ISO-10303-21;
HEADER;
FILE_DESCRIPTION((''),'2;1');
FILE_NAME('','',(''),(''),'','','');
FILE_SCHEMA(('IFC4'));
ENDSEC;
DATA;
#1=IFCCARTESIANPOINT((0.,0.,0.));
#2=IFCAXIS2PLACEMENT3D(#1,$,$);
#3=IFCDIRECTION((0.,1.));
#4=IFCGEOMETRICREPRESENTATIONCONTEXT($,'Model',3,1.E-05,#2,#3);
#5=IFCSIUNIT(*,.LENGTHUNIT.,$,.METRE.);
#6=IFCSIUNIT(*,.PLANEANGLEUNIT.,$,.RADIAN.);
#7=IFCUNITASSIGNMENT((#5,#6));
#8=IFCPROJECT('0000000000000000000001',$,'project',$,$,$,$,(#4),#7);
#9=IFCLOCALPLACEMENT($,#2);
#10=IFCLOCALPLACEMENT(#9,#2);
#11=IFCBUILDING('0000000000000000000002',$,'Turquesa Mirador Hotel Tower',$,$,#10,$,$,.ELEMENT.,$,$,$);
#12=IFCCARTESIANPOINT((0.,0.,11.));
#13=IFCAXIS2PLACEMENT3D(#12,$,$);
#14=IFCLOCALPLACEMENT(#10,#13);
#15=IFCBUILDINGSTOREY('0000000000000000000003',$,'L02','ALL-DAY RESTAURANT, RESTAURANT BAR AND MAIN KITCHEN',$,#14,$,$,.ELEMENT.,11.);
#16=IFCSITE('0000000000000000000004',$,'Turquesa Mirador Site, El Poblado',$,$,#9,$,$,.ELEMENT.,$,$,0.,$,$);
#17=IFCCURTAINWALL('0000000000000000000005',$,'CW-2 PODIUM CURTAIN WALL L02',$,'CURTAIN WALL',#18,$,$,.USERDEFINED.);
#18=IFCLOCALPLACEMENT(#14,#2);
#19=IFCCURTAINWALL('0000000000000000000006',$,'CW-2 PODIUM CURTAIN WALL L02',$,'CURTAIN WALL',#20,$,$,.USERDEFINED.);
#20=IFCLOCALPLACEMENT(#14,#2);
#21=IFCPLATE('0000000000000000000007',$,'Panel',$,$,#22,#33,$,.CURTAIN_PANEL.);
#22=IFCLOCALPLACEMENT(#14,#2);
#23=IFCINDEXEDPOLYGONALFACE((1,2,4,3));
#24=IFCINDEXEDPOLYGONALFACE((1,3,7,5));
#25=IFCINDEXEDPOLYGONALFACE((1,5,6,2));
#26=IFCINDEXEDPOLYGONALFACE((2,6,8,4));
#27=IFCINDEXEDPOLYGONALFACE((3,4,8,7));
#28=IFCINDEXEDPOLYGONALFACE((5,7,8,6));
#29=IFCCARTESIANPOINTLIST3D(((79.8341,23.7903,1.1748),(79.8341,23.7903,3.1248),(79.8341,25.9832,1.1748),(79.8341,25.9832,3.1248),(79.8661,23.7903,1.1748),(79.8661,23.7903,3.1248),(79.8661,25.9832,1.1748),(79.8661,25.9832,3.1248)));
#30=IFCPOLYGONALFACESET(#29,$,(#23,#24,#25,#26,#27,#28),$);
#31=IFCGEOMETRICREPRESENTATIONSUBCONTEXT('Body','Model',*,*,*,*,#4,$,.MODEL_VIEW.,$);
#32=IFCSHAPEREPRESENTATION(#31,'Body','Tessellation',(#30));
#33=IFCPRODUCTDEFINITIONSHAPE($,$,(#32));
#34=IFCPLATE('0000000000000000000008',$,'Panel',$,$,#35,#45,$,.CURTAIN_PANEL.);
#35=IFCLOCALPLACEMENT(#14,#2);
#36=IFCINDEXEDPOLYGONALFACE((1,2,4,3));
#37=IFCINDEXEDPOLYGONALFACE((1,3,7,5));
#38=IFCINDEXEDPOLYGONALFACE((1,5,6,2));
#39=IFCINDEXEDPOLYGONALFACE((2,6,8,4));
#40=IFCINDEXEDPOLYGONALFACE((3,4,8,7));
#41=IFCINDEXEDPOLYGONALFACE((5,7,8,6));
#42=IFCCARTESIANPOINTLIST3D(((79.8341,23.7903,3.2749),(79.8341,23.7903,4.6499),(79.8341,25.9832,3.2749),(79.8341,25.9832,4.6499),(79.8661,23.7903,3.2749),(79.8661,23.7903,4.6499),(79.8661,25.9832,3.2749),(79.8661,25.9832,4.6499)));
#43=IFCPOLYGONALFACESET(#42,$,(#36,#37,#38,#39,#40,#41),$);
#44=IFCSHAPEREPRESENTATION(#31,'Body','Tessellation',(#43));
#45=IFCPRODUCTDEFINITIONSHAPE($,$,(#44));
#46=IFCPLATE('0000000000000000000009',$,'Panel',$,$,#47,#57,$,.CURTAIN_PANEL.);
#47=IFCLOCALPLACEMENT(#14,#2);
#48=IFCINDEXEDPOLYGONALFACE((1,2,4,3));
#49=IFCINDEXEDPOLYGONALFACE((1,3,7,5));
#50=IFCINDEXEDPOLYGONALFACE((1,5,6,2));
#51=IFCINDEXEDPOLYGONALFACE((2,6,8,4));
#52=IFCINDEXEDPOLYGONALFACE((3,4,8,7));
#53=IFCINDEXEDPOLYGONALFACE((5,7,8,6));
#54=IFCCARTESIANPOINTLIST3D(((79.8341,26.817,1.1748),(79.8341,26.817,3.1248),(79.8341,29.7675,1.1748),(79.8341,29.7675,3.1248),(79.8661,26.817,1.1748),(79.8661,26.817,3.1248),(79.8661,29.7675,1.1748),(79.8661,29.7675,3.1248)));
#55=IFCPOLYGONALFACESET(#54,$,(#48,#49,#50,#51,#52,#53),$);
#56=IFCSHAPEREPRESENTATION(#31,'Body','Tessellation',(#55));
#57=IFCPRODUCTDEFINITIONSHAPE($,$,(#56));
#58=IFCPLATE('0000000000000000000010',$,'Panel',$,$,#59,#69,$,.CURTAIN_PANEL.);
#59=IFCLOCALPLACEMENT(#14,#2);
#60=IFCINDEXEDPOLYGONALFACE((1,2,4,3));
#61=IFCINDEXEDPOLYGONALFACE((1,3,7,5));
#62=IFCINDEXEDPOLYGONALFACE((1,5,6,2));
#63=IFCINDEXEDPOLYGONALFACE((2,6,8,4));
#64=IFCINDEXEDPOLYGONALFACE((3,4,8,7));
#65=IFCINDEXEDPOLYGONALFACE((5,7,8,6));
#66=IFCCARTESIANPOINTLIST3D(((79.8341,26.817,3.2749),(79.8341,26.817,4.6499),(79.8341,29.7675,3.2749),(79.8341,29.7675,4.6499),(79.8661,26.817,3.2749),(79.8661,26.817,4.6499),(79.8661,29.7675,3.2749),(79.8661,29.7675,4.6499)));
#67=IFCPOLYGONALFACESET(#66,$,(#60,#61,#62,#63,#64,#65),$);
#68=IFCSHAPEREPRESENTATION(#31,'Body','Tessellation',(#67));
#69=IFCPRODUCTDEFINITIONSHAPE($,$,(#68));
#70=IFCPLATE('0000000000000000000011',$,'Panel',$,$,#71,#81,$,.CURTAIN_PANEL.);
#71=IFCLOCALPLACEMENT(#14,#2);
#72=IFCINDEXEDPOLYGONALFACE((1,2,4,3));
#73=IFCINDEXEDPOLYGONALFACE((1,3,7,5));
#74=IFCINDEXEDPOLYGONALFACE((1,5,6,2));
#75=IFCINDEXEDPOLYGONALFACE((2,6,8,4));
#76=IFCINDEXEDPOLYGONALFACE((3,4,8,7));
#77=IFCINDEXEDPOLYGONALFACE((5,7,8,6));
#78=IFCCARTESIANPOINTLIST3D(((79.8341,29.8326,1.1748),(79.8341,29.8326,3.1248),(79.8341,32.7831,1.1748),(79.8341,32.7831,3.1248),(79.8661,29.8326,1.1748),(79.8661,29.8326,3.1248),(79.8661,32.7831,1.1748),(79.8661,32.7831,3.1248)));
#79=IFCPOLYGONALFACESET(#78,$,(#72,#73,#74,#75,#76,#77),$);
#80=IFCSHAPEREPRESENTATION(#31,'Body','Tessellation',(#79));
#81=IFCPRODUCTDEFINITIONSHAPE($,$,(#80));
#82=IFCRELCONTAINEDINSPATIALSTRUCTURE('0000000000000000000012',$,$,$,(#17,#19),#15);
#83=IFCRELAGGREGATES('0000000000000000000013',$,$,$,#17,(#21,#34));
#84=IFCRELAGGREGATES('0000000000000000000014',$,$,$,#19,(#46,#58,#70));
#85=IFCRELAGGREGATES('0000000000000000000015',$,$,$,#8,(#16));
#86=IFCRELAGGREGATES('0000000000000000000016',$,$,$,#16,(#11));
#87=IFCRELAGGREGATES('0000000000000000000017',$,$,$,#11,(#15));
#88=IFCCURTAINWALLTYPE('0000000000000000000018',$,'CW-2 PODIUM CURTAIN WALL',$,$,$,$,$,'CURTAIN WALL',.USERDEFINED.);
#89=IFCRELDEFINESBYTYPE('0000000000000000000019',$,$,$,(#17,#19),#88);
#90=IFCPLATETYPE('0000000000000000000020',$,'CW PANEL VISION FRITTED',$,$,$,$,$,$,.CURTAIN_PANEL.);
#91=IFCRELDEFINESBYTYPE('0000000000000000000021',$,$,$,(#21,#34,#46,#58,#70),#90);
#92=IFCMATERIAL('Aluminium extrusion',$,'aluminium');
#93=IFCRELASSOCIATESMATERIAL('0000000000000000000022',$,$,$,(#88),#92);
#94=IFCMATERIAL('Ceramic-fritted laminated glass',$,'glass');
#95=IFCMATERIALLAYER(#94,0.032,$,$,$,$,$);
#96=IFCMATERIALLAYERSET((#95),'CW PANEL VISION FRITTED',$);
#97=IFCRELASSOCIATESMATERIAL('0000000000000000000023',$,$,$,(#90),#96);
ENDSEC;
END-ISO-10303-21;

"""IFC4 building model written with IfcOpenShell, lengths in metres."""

from ifc_helpers import new_model, si_unit, direction, frame, origin, origin_2d, place, context, subcontext, project, spatial, rectangle, extrude, material, layer, layer_set, type_object, element, aggregate, save


model = new_model("IFC4")

# Units and contexts
model_context = context("Model", 3, precision=1e-05, world=origin(), true_north=direction((0.0, 1.0)))
body_context = subcontext(model_context, "Body", "Model", "MODEL_VIEW")
ifc_project = project(units=[si_unit("LENGTHUNIT", "METRE"), si_unit("PLANEANGLEUNIT", "RADIAN")], contexts=[model_context])

# Site, building, storey
site_placement = place(None, origin())
site = spatial("IfcSite", under=ifc_project, at=site_placement, Name="Turquesa Mirador Site, El Poblado", CompositionType="ELEMENT", RefElevation=0.0)
building_placement = place(site_placement, origin())
building = spatial("IfcBuilding", under=site, at=building_placement, Name="Turquesa Mirador Hotel Tower", CompositionType="ELEMENT")
storey_placement = place(building_placement, frame((0.0, 0.0, 11.0)))
storey = spatial("IfcBuildingStorey", under=building, at=storey_placement, Name="L02", Description="ALL-DAY RESTAURANT, RESTAURANT BAR AND MAIN KITCHEN", CompositionType="ELEMENT", Elevation=11.0)

# Curtain walls
ifc_material_1 = material(Name="Aluminium extrusion", Category="aluminium")
curtain_wall_type = type_object("IfcCurtainWallType", Name="CW-2 PODIUM CURTAIN WALL", ElementType="CURTAIN WALL", PredefinedType="USERDEFINED", material=ifc_material_1)
curtain_wall_1_placement = place(storey_placement, origin())
curtain_wall_1 = element("IfcCurtainWall", 1, at=curtain_wall_1_placement, inside=storey, type_object=curtain_wall_type, Name="CW-2 PODIUM CURTAIN WALL L02", ObjectType="CURTAIN WALL", PredefinedType="USERDEFINED")
curtain_wall_2_placement = place(storey_placement, origin())
curtain_wall_2 = element("IfcCurtainWall", 2, at=curtain_wall_2_placement, inside=storey, type_object=curtain_wall_type, Name="CW-2 PODIUM CURTAIN WALL L02", ObjectType="CURTAIN WALL", PredefinedType="USERDEFINED")

# Plates
ifc_material_2 = material(Name="Ceramic-fritted laminated glass", Category="glass")
ifc_layer_1 = layer(ifc_material_2, 0.032)
ifc_layer_set_1 = layer_set([ifc_layer_1], Name="CW PANEL VISION FRITTED")
plate_type_1 = type_object("IfcPlateType", Name="CW PANEL VISION FRITTED", PredefinedType="CURTAIN_PANEL", material=ifc_layer_set_1)
plate_1_placement = place(storey_placement, frame((79.8501, 24.8867, 1.1748), z_axis=(0.0, 0.0, 1.0), x_axis=(0.0, 1.0, 0.0)))
plate_1 = element("IfcPlate", 3, at=plate_1_placement, type_object=plate_type_1, Name="Panel", PredefinedType="CURTAIN_PANEL", context=body_context, shape_type="SweptSolid", body=[
    extrude(rectangle(XDim=2.1929, YDim=0.032, at=origin_2d()), origin(), (0.0, 0.0, 1.0), 1.95),
])
plate_2_placement = place(storey_placement, frame((79.8501, 24.8867, 3.2749), z_axis=(0.0, 0.0, 1.0), x_axis=(0.0, 1.0, 0.0)))
plate_2 = element("IfcPlate", 4, at=plate_2_placement, type_object=plate_type_1, Name="Panel", PredefinedType="CURTAIN_PANEL", context=body_context, shape_type="SweptSolid", body=[
    extrude(rectangle(XDim=2.1929, YDim=0.032, at=origin_2d()), origin(), (0.0, 0.0, 1.0), 1.375),
])
aggregate(curtain_wall_1, [plate_1, plate_2])
plate_3_placement = place(storey_placement, frame((79.8501, 28.2922, 1.1748), z_axis=(0.0, 0.0, 1.0), x_axis=(0.0, 1.0, 0.0)))
plate_3 = element("IfcPlate", 5, at=plate_3_placement, type_object=plate_type_1, Name="Panel", PredefinedType="CURTAIN_PANEL", context=body_context, shape_type="SweptSolid", body=[
    extrude(rectangle(XDim=2.9504, YDim=0.032, at=origin_2d()), origin(), (0.0, 0.0, 1.0), 1.95),
])
plate_4_placement = place(storey_placement, frame((79.8501, 28.2922, 3.2749), z_axis=(0.0, 0.0, 1.0), x_axis=(0.0, 1.0, 0.0)))
plate_4 = element("IfcPlate", 6, at=plate_4_placement, type_object=plate_type_1, Name="Panel", PredefinedType="CURTAIN_PANEL", context=body_context, shape_type="SweptSolid", body=[
    extrude(rectangle(XDim=2.9504, YDim=0.032, at=origin_2d()), origin(), (0.0, 0.0, 1.0), 1.375),
])
plate_5_placement = place(storey_placement, frame((79.8501, 31.3079, 1.1748), z_axis=(0.0, 0.0, 1.0), x_axis=(0.0, 1.0, 0.0)))
plate_5 = element("IfcPlate", 7, at=plate_5_placement, type_object=plate_type_1, Name="Panel", PredefinedType="CURTAIN_PANEL", context=body_context, shape_type="SweptSolid", body=[
    extrude(rectangle(XDim=2.9504, YDim=0.032, at=origin_2d()), origin(), (0.0, 0.0, 1.0), 1.95),
])
aggregate(curtain_wall_2, [plate_3, plate_4, plate_5])

save(model, "model.ifc")
